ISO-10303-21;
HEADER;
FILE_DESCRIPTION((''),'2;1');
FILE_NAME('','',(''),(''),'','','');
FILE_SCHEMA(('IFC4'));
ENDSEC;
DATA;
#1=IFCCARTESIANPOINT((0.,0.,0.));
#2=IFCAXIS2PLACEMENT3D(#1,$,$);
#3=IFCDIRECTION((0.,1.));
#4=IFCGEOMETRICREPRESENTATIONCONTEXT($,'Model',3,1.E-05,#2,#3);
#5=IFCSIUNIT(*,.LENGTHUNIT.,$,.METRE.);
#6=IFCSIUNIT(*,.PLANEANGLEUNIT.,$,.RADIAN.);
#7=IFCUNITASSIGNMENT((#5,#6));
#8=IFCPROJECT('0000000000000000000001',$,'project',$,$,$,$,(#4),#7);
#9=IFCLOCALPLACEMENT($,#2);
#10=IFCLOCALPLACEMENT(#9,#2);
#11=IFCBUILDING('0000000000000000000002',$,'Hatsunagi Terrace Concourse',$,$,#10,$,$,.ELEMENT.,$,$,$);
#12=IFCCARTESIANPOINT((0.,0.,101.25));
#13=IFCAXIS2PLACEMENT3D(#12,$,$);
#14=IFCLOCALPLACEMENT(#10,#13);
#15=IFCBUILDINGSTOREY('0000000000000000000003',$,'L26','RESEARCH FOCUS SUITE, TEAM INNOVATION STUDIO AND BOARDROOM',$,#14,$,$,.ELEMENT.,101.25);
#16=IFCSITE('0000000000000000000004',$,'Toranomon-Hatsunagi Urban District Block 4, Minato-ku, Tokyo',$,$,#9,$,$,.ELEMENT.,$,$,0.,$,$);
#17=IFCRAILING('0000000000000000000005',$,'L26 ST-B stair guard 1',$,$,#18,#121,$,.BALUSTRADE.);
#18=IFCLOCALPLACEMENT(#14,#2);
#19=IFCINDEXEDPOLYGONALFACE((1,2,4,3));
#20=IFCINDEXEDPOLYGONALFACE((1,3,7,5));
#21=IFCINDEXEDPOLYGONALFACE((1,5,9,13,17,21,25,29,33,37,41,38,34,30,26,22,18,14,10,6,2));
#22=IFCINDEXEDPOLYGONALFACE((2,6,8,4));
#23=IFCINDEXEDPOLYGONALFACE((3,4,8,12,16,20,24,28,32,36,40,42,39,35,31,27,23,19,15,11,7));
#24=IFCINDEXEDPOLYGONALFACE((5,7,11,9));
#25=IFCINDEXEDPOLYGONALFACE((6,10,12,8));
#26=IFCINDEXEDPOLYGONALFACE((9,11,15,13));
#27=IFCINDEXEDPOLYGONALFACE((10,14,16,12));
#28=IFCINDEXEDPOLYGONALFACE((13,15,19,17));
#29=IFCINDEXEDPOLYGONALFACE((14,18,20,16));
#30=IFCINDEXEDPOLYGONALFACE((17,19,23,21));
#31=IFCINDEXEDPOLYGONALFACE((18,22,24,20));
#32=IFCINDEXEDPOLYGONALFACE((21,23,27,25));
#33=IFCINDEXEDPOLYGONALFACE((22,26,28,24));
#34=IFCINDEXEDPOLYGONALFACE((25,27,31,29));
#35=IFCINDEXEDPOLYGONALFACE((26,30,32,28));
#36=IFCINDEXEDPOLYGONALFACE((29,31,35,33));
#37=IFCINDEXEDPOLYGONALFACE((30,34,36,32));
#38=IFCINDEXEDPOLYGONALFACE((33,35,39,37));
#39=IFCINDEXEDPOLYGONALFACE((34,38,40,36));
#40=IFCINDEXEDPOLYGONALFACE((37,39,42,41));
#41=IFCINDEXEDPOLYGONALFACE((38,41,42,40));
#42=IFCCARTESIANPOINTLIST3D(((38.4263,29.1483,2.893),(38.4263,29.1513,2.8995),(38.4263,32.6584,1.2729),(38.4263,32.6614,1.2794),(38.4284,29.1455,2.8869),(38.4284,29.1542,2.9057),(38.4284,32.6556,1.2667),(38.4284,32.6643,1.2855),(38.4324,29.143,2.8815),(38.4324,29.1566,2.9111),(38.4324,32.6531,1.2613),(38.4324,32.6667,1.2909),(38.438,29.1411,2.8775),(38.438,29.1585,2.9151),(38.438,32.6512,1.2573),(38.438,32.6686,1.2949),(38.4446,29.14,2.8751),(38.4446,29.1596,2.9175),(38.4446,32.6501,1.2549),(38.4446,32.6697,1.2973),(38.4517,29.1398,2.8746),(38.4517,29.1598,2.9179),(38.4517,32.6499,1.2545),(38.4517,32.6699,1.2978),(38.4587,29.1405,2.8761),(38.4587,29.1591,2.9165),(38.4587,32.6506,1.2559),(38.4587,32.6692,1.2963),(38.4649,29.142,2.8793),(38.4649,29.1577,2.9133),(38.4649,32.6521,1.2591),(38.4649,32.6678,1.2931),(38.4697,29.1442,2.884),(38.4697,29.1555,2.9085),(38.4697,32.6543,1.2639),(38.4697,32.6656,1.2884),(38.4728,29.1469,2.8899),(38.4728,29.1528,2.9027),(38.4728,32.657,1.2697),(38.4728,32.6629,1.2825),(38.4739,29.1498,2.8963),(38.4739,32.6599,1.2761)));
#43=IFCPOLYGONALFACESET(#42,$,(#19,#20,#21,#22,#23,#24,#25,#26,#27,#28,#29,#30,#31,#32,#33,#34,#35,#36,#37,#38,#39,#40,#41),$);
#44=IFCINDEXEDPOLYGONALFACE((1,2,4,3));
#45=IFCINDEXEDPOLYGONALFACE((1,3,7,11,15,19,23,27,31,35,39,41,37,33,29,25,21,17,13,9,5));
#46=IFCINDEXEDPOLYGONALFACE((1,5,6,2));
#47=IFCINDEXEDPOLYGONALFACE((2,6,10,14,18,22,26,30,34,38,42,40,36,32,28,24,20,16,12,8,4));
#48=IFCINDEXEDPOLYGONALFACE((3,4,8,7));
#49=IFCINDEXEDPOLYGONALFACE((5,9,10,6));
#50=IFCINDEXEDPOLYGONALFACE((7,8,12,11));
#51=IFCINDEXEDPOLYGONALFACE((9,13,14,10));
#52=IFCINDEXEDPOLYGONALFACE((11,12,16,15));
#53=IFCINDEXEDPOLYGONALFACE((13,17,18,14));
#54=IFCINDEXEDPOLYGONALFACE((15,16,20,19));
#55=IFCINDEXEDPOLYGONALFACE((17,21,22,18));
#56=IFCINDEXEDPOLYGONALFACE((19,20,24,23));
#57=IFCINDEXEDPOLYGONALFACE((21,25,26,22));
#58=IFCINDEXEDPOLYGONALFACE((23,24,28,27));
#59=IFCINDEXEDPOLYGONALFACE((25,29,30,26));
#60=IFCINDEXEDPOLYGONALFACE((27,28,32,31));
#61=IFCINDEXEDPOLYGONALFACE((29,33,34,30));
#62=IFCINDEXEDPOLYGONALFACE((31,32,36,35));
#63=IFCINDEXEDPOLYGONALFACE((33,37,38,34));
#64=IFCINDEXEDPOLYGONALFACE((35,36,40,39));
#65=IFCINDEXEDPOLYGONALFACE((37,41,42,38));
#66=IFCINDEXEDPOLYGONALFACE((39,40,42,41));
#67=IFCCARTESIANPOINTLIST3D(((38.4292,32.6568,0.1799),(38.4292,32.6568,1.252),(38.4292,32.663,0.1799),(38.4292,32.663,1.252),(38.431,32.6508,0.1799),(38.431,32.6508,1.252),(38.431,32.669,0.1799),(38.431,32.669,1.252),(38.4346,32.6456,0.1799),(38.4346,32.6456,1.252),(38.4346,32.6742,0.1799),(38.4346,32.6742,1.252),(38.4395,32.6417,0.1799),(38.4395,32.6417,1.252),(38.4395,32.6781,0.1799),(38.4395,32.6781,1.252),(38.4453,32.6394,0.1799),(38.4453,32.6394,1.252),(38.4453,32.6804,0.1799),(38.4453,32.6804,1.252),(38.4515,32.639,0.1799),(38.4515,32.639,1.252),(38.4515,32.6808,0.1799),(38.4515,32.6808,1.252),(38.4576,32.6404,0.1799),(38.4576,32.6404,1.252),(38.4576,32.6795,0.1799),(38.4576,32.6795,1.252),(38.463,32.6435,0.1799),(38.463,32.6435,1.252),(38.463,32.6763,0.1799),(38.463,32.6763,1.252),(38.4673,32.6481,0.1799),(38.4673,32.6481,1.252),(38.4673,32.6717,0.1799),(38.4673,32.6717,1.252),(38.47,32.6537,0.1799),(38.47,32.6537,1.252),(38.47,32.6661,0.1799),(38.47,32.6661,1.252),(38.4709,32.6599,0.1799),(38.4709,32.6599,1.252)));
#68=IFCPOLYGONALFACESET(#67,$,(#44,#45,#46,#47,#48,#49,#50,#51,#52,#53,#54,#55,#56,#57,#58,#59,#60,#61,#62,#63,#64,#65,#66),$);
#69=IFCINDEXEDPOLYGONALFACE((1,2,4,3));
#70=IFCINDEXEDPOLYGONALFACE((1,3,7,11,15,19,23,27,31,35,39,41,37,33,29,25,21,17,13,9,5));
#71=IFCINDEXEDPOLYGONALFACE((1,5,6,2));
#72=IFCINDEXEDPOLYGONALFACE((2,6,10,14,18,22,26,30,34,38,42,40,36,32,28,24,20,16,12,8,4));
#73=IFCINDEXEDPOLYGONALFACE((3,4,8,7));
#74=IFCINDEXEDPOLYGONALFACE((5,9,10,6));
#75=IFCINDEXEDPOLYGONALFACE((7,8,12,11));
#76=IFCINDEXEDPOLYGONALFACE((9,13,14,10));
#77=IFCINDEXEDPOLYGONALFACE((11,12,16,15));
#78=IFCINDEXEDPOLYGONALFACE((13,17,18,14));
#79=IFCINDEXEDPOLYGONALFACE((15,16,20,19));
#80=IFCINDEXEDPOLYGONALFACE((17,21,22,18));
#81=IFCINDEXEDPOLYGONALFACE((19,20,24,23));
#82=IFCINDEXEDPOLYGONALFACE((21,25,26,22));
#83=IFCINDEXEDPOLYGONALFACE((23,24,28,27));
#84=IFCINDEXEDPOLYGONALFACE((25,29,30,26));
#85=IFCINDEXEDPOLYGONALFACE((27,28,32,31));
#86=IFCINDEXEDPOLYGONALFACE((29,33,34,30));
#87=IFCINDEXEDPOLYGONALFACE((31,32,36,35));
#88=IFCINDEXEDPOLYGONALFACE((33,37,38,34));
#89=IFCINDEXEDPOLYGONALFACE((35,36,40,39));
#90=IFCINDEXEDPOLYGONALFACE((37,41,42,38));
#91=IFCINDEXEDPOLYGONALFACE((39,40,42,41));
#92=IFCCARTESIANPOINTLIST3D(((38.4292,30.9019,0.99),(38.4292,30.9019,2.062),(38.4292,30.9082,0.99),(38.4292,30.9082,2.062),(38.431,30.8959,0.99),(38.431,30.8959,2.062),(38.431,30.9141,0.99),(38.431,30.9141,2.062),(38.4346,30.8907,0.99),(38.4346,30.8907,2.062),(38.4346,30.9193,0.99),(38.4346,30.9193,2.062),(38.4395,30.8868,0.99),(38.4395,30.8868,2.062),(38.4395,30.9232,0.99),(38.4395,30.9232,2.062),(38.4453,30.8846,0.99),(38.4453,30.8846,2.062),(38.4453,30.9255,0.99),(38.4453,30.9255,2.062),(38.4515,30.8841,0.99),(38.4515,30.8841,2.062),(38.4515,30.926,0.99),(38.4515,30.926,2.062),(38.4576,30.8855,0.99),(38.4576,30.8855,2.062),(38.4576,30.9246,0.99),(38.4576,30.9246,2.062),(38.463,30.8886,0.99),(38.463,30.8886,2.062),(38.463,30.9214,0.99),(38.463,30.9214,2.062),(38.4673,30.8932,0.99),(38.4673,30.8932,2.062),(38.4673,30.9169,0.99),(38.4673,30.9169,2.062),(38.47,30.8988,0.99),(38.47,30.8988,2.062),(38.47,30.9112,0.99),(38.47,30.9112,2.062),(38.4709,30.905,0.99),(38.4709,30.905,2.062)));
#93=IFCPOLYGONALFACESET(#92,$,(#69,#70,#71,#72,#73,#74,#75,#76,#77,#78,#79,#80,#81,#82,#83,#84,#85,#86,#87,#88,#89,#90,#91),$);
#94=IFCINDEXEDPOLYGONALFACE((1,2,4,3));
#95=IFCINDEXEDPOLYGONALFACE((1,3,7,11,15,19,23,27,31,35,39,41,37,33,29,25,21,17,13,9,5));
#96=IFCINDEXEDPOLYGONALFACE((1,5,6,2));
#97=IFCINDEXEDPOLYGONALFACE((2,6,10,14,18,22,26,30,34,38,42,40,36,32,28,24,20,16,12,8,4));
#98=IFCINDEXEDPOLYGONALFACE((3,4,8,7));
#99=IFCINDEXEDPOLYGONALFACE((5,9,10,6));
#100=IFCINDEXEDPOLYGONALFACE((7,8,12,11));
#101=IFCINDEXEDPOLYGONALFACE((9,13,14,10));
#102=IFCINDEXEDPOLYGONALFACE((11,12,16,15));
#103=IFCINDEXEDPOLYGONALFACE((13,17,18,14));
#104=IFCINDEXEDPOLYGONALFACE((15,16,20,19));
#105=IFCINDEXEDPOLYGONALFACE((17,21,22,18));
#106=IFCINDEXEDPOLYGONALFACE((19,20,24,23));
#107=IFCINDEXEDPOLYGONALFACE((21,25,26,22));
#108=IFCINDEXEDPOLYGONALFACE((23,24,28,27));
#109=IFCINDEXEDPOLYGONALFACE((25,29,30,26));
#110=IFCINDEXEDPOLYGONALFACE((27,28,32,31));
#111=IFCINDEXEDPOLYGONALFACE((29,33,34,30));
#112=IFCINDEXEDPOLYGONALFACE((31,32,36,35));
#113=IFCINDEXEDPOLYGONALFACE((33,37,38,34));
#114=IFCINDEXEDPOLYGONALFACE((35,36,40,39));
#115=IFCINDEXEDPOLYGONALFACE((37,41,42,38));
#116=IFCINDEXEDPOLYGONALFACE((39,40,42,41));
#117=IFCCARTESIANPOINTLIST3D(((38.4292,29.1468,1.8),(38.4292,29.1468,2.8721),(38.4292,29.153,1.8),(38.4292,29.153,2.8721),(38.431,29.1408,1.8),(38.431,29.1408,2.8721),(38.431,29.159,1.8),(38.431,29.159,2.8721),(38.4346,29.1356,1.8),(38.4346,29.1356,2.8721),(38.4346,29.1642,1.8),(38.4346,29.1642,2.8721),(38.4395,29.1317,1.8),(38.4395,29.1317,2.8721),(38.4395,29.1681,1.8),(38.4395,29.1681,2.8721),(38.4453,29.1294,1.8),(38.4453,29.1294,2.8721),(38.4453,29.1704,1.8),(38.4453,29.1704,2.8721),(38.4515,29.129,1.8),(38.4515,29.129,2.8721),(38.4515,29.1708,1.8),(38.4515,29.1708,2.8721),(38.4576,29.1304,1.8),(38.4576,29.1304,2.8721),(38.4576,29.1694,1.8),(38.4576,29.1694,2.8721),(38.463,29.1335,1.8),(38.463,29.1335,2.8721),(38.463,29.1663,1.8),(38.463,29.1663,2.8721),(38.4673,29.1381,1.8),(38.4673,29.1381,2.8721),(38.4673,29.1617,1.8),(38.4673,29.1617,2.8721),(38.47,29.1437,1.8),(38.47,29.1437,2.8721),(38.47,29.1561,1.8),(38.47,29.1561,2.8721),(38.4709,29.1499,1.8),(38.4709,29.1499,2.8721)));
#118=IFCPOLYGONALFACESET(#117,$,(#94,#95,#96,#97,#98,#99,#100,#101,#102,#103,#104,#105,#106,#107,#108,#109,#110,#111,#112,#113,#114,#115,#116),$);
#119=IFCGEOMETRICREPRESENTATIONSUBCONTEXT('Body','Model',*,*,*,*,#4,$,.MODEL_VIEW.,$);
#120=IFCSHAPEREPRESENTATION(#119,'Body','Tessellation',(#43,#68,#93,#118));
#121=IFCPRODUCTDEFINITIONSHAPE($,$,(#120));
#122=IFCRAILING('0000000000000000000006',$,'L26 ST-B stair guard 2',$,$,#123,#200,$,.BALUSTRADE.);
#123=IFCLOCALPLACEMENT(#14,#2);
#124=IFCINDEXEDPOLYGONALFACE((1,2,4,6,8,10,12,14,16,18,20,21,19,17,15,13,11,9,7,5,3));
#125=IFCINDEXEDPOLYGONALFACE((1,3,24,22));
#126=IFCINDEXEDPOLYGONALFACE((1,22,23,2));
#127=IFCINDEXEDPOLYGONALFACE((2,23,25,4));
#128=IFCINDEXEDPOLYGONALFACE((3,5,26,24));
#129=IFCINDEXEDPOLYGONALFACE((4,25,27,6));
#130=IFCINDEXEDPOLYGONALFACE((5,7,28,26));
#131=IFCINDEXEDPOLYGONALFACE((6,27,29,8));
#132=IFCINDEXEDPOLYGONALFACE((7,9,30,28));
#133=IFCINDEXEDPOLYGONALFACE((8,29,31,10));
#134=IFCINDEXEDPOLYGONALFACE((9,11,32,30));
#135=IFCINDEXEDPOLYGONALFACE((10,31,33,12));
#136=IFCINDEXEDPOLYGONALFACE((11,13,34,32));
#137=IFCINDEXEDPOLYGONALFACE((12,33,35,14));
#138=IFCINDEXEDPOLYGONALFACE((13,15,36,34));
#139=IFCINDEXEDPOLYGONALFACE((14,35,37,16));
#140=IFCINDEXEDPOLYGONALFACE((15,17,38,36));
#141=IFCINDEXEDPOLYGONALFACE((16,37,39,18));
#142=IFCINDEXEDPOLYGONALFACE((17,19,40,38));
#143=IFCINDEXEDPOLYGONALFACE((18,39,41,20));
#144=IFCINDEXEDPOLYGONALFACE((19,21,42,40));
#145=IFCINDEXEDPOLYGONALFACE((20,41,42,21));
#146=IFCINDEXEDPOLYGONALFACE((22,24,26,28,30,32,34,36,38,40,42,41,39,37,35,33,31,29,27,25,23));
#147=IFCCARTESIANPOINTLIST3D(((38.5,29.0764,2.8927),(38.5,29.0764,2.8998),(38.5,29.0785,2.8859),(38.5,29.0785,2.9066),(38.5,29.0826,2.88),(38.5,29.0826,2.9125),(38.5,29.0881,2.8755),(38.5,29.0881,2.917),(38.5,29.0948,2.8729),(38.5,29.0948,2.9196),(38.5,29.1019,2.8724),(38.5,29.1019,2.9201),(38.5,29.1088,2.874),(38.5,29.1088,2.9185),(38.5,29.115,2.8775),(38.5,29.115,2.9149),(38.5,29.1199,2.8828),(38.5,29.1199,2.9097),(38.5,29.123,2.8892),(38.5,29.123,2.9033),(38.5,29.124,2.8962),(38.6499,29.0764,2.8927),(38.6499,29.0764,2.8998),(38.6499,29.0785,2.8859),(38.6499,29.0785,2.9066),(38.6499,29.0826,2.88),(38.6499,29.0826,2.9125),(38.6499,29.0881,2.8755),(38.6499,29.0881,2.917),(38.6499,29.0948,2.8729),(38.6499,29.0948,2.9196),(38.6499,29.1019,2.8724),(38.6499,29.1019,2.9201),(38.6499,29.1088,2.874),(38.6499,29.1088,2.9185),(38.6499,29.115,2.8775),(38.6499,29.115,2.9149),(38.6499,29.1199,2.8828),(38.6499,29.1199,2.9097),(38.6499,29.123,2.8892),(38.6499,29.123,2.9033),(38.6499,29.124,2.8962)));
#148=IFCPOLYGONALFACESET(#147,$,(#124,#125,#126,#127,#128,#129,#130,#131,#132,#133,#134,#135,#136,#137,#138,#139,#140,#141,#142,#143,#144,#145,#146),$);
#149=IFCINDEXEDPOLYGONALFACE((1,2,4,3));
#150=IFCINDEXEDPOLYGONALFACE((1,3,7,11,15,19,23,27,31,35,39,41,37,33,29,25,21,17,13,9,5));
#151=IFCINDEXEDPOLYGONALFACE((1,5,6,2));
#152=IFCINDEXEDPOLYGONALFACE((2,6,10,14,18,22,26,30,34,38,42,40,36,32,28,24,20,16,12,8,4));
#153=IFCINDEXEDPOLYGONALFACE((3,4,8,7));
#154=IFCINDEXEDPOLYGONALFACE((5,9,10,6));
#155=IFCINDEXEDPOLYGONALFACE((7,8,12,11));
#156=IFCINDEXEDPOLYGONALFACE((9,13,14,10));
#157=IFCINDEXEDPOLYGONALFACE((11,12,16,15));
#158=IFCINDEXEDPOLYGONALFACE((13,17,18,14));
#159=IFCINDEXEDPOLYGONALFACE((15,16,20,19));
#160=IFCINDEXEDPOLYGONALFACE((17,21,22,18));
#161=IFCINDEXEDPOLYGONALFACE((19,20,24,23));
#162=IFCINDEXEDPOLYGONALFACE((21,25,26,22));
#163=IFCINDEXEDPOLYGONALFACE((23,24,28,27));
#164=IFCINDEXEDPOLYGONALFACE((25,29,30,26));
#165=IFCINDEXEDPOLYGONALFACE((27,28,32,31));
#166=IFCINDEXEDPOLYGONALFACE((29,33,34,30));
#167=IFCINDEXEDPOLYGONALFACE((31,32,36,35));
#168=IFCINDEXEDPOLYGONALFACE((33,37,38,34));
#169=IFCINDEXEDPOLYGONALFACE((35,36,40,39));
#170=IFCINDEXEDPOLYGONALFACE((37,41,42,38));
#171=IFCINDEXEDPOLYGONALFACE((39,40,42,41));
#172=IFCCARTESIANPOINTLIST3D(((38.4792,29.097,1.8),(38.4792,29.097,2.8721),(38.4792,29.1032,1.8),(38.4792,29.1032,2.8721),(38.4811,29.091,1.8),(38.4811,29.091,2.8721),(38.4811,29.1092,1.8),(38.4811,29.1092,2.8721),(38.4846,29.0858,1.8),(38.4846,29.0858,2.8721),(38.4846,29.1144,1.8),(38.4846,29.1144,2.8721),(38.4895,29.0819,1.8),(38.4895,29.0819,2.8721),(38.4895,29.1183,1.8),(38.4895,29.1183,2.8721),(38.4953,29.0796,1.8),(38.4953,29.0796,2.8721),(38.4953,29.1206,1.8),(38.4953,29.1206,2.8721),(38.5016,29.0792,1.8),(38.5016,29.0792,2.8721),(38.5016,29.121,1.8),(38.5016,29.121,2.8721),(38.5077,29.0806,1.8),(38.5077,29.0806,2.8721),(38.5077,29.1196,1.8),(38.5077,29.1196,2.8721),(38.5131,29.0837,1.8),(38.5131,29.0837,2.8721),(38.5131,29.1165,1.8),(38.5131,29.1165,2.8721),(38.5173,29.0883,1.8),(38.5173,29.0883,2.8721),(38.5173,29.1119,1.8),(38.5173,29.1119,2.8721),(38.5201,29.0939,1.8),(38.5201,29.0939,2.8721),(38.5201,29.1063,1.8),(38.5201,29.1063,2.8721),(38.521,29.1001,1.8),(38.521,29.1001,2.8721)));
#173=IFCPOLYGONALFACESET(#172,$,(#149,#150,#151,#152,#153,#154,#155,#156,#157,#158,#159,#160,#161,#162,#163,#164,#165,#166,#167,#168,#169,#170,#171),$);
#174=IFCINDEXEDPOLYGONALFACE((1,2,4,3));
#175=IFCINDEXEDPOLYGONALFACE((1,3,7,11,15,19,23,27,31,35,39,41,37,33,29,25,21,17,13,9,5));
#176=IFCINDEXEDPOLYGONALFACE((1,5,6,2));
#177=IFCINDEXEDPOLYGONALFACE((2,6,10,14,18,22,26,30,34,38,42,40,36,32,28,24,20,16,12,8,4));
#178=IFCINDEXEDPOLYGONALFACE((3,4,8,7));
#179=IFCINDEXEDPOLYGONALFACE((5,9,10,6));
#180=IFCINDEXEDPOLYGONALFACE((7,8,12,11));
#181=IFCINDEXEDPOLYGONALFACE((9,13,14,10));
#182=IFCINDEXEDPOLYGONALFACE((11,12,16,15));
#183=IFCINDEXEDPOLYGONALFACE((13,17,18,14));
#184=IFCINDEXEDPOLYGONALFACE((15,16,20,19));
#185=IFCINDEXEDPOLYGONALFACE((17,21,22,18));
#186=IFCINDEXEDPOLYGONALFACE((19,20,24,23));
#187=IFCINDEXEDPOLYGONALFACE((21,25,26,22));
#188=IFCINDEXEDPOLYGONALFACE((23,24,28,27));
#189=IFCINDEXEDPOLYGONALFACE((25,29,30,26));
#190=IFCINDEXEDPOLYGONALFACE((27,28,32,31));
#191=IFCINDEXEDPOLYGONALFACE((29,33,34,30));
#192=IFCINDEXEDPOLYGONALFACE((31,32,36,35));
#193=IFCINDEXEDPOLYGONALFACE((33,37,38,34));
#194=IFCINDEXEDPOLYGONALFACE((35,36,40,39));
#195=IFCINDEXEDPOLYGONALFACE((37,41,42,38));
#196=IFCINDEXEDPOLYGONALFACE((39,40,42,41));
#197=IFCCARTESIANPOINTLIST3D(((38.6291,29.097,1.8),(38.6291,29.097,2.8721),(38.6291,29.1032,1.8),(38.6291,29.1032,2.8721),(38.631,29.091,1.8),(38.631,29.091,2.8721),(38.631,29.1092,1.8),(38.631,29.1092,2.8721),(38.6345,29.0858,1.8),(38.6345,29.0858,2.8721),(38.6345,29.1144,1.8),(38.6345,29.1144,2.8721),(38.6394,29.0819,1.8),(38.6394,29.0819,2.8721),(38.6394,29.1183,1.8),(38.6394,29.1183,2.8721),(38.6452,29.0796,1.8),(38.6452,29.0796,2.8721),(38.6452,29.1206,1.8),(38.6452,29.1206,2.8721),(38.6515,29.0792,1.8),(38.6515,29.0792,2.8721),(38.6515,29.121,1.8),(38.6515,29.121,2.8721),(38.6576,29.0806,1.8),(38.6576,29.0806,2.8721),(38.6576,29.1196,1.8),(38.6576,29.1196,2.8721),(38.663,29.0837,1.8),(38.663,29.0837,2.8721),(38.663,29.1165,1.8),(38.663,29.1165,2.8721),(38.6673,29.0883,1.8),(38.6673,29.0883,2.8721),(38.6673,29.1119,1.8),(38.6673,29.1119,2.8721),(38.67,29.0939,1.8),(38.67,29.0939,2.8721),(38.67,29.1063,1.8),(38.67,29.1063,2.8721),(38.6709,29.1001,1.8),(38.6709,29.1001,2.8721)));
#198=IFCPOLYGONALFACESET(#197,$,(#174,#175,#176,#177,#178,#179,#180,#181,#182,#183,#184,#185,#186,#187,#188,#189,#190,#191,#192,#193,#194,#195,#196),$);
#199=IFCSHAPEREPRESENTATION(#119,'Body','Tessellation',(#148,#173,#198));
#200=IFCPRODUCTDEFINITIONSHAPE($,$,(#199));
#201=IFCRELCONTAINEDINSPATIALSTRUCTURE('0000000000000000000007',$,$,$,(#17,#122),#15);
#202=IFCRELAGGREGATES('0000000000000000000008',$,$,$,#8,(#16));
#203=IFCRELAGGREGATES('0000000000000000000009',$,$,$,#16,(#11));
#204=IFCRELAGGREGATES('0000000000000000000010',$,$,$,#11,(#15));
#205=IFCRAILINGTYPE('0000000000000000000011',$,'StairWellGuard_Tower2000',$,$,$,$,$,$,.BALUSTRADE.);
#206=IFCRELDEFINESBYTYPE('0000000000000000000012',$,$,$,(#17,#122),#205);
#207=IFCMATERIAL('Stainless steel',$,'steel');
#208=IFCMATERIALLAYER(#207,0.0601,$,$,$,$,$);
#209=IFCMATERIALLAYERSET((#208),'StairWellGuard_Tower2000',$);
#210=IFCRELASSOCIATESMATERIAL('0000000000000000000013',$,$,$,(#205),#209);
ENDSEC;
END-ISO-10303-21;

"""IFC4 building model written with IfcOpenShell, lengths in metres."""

from ifc_helpers import new_model, si_unit, direction, frame, origin, origin_2d, place, context, subcontext, project, spatial, circle, extrude, material, layer, layer_set, type_object, element, save


model = new_model("IFC4")

# Units and contexts
model_context = context("Model", 3, precision=1e-05, world=origin(), true_north=direction((0.0, 1.0)))
body_context = subcontext(model_context, "Body", "Model", "MODEL_VIEW")
ifc_project = project(units=[si_unit("LENGTHUNIT", "METRE"), si_unit("PLANEANGLEUNIT", "RADIAN")], contexts=[model_context])

# Site, building, storey
site_placement = place(None, origin())
site = spatial("IfcSite", under=ifc_project, at=site_placement, Name="Toranomon-Hatsunagi Urban District Block 4, Minato-ku, Tokyo", CompositionType="ELEMENT", RefElevation=0.0)
building_placement = place(site_placement, origin())
building = spatial("IfcBuilding", under=site, at=building_placement, Name="Hatsunagi Terrace Concourse", CompositionType="ELEMENT")
storey_placement = place(building_placement, frame((0.0, 0.0, 101.25)))
storey = spatial("IfcBuildingStorey", under=building, at=storey_placement, Name="L26", Description="RESEARCH FOCUS SUITE, TEAM INNOVATION STUDIO AND BOARDROOM", CompositionType="ELEMENT", Elevation=101.25)

# Railings
ifc_material_1 = material(Name="Stainless steel", Category="steel")
ifc_layer_1 = layer(ifc_material_1, 0.0601)
ifc_layer_set_1 = layer_set([ifc_layer_1], Name="StairWellGuard_Tower2000")
railing_type_1 = type_object("IfcRailingType", Name="StairWellGuard_Tower2000", PredefinedType="BALUSTRADE", material=ifc_layer_set_1)
railing_1_placement = place(storey_placement, frame((38.45, 32.6599, 0.1799)))
element("IfcRailing", 1, at=railing_1_placement, inside=storey, type_object=railing_type_1, Name="L26 ST-B stair guard 1", PredefinedType="BALUSTRADE", context=body_context, shape_type="SweptSolid", body=[
    extrude(circle(Radius=0.0239, at=origin_2d()), frame((0.0, 0.0, 1.0962), z_axis=(0.0, -0.907948, 0.419082), x_axis=(1.0, 0.0, 0.0)), (0.0, 0.0, 1.0), 3.866),
    extrude(circle(Radius=0.021, at=origin_2d()), origin(), (0.0, 0.0, 1.0), 1.072),
    extrude(circle(Radius=0.021, at=origin_2d()), frame((0.0, -1.7549, 0.8101)), (0.0, 0.0, 1.0), 1.072),
    extrude(circle(Radius=0.021, at=origin_2d()), frame((0.0, -3.51, 1.6201)), (0.0, 0.0, 1.0), 1.072),
])
railing_2_placement = place(storey_placement, frame((38.5, 29.1001, 1.8)))
element("IfcRailing", 2, at=railing_2_placement, inside=storey, type_object=railing_type_1, Name="L26 ST-B stair guard 2", PredefinedType="BALUSTRADE", context=body_context, shape_type="SweptSolid", body=[
    extrude(circle(Radius=0.0239, at=origin_2d()), frame((0.0, 0.0, 1.0962), z_axis=(1.0, 0.0, 0.0), x_axis=(0.0, 1.0, 0.0)), (0.0, 0.0, 1.0), 0.1499),
    extrude(circle(Radius=0.021, at=origin_2d()), origin(), (0.0, 0.0, 1.0), 1.072),
    extrude(circle(Radius=0.021, at=origin_2d()), frame((0.1499, 0.0, 0.0)), (0.0, 0.0, 1.0), 1.072),
])

save(model, "model.ifc")
